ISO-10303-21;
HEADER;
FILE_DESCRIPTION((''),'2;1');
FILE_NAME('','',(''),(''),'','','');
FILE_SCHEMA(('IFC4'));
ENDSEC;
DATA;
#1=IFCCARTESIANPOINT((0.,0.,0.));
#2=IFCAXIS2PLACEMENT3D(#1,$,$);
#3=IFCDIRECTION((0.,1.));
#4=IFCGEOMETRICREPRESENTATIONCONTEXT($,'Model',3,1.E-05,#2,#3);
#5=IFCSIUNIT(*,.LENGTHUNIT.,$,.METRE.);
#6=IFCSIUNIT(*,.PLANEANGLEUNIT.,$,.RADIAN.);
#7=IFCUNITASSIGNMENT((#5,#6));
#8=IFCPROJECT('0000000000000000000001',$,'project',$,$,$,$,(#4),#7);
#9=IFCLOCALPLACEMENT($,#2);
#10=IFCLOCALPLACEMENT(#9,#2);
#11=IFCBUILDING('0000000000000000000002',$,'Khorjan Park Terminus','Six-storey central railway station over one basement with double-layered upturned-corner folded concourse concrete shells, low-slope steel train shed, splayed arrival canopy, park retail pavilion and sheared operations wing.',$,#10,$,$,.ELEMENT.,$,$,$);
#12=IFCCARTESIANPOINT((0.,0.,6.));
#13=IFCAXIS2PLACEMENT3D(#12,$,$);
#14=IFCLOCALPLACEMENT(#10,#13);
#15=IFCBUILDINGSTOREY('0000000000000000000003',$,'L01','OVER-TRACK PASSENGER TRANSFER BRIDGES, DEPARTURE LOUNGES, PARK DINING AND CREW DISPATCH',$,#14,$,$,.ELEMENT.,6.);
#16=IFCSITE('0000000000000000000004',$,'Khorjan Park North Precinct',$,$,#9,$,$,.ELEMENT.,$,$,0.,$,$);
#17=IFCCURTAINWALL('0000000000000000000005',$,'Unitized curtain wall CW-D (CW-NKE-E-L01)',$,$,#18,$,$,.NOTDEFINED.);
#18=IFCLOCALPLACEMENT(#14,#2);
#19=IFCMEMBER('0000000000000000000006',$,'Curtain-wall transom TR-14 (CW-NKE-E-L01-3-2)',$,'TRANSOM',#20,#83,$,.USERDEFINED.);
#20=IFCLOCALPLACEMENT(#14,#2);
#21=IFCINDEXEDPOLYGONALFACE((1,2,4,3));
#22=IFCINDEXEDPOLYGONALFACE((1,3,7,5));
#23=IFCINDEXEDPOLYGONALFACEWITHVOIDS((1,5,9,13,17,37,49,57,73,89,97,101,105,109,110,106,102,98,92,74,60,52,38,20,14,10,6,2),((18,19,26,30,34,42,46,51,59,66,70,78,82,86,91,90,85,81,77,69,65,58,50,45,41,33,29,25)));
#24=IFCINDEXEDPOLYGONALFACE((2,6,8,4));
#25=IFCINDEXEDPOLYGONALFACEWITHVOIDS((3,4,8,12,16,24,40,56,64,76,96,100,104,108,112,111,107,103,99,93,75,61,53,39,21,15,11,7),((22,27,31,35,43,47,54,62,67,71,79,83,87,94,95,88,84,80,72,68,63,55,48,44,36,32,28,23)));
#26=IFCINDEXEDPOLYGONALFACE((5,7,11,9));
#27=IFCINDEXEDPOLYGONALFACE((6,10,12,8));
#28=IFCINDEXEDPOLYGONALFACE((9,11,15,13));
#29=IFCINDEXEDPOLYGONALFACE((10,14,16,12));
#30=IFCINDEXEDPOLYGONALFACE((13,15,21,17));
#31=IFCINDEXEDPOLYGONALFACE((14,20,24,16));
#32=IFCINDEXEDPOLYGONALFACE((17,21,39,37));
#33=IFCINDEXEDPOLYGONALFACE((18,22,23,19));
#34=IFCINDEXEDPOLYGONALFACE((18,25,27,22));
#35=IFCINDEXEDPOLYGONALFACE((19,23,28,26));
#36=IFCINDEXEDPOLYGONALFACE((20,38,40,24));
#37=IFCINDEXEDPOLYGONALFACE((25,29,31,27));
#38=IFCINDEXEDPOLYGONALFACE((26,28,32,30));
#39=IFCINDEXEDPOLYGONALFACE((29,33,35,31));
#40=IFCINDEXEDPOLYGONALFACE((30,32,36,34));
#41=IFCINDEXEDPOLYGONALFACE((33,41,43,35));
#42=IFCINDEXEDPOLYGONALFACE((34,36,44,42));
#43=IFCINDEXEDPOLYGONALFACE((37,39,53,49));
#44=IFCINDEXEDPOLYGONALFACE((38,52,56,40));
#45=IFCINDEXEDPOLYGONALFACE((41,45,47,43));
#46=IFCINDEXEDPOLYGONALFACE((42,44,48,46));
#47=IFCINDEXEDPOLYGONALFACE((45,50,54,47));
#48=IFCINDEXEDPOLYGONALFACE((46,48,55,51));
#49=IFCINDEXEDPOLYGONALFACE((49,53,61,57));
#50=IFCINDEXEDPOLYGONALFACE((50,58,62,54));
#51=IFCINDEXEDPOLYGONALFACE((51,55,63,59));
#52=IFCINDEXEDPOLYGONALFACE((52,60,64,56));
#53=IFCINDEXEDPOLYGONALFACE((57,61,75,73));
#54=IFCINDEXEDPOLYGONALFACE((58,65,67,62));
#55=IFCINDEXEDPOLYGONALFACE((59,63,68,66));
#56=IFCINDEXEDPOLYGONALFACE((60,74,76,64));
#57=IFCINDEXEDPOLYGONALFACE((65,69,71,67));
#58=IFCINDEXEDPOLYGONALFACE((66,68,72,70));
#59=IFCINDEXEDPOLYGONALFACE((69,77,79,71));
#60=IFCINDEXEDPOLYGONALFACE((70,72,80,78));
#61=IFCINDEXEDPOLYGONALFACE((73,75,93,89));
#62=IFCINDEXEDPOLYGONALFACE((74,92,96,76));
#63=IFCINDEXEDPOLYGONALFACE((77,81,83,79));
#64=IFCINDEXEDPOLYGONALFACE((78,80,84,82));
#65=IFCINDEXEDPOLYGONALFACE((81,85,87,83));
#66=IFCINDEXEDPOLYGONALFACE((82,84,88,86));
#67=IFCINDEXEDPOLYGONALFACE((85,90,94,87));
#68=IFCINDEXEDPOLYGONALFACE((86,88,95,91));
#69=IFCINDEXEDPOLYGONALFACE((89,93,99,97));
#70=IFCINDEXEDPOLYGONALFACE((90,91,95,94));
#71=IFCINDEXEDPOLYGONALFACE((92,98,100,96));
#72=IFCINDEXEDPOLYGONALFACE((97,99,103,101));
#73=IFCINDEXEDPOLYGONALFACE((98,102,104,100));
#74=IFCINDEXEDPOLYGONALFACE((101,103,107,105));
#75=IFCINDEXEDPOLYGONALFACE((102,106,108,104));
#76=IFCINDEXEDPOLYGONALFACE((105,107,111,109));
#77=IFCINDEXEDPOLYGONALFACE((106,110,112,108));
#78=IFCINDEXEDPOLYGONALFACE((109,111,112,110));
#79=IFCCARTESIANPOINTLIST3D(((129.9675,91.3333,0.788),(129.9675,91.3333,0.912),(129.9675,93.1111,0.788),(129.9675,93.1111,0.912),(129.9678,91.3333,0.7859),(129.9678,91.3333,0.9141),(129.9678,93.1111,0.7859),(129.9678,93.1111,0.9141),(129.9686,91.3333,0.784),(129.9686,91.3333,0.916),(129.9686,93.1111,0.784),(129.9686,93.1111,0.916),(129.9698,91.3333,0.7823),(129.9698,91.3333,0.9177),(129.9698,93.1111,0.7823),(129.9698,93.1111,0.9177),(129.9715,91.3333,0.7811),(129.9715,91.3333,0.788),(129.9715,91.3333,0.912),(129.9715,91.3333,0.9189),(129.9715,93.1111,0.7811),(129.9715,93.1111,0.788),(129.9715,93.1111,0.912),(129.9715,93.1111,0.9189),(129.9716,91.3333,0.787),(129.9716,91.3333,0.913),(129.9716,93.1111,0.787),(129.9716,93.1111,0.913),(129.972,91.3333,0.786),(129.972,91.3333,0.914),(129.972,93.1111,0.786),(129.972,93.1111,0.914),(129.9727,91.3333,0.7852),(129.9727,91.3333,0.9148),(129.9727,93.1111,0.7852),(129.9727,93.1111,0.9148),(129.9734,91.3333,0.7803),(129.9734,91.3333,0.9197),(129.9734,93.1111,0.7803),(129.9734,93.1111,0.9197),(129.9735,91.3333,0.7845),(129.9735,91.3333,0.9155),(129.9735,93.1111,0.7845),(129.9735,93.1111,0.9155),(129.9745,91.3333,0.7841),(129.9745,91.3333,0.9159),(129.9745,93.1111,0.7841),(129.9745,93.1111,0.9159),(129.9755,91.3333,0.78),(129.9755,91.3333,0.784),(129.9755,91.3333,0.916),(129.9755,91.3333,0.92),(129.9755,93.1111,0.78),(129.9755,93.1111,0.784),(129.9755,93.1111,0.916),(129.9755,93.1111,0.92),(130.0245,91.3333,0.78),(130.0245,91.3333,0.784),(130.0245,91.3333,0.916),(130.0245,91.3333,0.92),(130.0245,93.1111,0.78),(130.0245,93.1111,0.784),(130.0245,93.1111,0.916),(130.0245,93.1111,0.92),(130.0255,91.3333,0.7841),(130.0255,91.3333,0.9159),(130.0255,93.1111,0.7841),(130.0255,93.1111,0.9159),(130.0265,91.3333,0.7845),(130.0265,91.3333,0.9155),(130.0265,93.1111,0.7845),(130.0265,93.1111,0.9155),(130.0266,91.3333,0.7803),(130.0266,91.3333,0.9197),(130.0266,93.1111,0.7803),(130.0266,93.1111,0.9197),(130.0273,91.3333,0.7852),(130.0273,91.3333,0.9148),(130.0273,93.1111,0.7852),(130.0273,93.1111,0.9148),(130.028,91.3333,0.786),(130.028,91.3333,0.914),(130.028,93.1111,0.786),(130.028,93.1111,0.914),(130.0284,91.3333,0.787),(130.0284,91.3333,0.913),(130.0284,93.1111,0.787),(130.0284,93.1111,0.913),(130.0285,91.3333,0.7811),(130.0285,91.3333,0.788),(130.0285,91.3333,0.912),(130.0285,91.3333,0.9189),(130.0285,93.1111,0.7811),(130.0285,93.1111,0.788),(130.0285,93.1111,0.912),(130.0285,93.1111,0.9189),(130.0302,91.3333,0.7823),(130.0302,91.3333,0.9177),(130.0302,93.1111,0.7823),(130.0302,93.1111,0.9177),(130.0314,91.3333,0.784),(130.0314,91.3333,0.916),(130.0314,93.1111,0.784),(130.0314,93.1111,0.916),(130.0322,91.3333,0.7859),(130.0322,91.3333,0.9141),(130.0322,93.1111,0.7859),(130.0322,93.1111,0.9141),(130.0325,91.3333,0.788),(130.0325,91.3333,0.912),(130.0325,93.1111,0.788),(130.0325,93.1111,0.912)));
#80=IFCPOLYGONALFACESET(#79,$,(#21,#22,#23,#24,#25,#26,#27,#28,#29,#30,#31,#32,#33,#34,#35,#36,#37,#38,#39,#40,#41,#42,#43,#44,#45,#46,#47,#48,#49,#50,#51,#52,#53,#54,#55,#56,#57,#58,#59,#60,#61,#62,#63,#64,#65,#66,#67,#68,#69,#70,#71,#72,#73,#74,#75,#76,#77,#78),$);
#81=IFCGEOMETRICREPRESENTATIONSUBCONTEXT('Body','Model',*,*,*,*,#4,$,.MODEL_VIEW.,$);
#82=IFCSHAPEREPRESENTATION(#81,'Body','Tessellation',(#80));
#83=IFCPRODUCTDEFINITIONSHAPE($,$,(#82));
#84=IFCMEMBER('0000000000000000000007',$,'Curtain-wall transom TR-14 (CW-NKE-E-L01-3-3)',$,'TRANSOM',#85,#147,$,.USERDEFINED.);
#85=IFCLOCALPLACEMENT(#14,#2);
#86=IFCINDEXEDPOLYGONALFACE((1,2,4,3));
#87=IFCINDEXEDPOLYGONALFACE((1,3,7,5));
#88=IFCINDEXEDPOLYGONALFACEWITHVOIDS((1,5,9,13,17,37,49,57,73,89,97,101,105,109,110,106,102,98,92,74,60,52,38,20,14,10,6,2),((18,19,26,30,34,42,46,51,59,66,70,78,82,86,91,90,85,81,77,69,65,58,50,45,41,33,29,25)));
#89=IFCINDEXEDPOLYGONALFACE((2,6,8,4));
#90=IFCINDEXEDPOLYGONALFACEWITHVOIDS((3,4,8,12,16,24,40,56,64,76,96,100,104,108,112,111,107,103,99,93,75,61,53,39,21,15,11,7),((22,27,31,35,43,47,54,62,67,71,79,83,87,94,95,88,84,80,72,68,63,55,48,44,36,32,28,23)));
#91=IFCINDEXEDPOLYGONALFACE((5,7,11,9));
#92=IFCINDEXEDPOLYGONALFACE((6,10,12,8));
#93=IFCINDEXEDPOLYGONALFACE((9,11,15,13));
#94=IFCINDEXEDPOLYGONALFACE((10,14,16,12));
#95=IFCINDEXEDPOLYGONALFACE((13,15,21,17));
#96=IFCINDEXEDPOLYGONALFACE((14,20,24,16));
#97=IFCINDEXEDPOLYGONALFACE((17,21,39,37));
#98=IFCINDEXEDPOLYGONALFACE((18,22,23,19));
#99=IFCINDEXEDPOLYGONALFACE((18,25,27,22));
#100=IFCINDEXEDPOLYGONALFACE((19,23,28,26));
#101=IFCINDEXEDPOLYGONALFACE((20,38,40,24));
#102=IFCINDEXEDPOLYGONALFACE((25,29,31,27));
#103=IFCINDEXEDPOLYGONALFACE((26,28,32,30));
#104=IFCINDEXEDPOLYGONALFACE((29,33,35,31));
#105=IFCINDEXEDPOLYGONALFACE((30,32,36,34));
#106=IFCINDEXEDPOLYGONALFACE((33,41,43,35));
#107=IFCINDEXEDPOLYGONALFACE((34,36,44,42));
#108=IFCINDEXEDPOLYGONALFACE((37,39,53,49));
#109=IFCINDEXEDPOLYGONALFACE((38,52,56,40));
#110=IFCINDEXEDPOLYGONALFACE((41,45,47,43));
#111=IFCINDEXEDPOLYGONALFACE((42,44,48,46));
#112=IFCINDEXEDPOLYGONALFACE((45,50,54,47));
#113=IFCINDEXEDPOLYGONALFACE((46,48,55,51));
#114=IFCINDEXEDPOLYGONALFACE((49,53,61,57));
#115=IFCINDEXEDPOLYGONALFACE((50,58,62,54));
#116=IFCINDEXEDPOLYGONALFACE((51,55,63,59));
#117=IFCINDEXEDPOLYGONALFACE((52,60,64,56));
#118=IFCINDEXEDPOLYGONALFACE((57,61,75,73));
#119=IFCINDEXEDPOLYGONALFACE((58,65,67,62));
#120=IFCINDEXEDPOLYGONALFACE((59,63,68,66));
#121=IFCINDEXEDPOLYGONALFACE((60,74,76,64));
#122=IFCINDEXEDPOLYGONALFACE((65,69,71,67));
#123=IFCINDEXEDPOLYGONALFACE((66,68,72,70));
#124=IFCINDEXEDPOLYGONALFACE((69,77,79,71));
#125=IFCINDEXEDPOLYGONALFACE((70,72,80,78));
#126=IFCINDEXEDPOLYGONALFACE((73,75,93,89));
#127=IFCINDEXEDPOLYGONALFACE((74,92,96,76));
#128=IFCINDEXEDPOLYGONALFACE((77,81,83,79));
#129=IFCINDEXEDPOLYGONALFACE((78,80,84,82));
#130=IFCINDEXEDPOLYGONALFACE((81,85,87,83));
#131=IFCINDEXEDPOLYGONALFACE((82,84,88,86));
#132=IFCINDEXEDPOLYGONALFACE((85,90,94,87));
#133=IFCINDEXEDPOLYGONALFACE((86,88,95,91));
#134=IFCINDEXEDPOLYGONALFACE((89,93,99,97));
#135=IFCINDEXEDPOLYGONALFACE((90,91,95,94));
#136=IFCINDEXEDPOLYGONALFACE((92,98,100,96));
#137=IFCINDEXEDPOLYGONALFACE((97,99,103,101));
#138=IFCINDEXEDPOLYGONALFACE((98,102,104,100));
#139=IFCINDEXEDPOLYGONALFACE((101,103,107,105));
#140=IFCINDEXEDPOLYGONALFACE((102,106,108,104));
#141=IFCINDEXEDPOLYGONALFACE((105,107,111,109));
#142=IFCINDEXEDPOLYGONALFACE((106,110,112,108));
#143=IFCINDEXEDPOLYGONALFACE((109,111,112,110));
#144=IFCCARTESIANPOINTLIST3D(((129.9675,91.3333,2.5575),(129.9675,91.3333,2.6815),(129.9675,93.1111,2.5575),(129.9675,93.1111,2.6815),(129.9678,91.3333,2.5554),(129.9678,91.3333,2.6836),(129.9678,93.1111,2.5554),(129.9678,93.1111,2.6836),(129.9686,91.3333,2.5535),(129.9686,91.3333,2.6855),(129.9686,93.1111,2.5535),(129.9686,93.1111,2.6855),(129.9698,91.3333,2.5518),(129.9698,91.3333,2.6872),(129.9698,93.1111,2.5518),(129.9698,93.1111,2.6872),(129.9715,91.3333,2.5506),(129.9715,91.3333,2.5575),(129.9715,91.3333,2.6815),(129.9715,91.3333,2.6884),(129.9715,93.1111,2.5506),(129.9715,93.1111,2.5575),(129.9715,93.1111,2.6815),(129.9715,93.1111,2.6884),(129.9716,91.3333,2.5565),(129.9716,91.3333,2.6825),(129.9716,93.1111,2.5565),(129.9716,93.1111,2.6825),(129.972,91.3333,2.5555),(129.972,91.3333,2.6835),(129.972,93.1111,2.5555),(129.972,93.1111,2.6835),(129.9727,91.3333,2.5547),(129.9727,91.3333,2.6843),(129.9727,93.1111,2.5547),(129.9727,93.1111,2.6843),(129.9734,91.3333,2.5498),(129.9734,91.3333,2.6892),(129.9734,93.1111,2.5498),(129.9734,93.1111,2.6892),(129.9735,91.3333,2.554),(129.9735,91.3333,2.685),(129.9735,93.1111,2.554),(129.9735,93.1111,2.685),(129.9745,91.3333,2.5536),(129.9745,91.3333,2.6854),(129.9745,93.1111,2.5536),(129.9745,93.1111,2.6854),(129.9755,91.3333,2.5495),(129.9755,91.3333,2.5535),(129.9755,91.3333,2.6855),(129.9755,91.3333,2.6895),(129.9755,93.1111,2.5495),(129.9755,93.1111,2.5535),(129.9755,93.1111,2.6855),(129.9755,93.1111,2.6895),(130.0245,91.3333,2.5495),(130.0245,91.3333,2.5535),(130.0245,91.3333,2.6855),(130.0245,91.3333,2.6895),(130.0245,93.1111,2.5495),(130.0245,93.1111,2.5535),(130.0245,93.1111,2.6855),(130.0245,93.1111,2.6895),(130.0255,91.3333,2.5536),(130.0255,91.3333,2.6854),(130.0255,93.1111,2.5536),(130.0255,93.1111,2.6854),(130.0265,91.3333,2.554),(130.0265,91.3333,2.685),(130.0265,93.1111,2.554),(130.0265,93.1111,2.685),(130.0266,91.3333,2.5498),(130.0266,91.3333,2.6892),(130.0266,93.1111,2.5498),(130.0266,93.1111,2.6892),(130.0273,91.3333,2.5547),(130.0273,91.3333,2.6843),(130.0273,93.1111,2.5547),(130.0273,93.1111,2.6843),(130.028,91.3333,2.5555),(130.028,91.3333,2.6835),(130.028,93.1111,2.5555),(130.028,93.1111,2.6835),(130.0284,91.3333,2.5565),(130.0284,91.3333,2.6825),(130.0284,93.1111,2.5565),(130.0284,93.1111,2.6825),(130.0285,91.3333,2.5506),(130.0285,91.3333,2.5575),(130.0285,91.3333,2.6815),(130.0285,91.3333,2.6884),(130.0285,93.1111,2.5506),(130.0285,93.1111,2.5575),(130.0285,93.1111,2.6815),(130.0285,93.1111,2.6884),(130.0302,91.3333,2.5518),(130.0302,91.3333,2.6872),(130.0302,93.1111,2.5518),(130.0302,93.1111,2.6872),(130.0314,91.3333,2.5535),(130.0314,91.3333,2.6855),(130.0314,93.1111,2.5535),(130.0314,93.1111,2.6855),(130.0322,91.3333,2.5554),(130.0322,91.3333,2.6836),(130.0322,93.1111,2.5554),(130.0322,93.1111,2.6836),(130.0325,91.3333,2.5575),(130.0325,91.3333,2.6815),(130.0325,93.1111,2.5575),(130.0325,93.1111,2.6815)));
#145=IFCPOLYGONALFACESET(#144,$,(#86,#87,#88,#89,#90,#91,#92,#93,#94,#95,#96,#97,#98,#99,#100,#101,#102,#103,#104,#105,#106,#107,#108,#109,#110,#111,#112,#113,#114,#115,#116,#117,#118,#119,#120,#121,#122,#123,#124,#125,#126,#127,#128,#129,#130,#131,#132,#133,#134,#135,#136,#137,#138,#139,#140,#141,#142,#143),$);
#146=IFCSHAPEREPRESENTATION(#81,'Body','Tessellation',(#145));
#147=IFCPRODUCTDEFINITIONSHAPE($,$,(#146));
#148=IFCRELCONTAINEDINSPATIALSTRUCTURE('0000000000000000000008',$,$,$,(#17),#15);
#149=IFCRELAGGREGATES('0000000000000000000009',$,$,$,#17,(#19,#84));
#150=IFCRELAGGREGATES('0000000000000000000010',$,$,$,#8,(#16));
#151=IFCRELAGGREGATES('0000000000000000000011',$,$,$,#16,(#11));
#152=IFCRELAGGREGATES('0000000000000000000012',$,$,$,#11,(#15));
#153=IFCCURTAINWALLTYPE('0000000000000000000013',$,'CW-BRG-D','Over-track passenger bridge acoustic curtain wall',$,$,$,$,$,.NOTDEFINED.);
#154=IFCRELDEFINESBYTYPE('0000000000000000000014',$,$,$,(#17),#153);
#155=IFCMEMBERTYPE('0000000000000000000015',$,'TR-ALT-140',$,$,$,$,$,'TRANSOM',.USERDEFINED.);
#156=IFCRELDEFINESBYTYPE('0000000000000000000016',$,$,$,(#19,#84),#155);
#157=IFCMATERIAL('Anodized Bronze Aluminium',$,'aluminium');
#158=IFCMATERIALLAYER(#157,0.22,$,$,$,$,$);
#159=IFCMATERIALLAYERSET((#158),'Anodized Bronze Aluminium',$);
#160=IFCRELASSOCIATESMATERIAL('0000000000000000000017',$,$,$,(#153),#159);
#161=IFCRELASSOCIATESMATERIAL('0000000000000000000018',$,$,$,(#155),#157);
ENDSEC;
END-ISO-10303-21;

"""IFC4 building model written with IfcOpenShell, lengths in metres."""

from ifc_helpers import new_model, si_unit, direction, frame, origin, origin_2d, place, context, subcontext, project, spatial, hollow_rectangle, extrude, material, layer, layer_set, material_profile, profile_set, type_object, element, aggregate, save


model = new_model("IFC4")

# Units and contexts
model_context = context("Model", 3, precision=1e-05, world=origin(), true_north=direction((0.0, 1.0)))
body_context = subcontext(model_context, "Body", "Model", "MODEL_VIEW")
ifc_project = project(units=[si_unit("LENGTHUNIT", "METRE"), si_unit("PLANEANGLEUNIT", "RADIAN")], contexts=[model_context])

# Site, building, storey
site_placement = place(None, origin())
site = spatial("IfcSite", under=ifc_project, at=site_placement, Name="Khorjan Park North Precinct", CompositionType="ELEMENT", RefElevation=0.0)
building_placement = place(site_placement, origin())
building = spatial("IfcBuilding", under=site, at=building_placement, Name="Khorjan Park Terminus", Description="Six-storey central railway station over one basement with double-layered upturned-corner folded concourse concrete shells, low-slope steel train shed, splayed arrival canopy, park retail pavilion and sheared operations wing.", CompositionType="ELEMENT")
storey_placement = place(building_placement, frame((0.0, 0.0, 6.0)))
storey = spatial("IfcBuildingStorey", under=building, at=storey_placement, Name="L01", Description="OVER-TRACK PASSENGER TRANSFER BRIDGES, DEPARTURE LOUNGES, PARK DINING AND CREW DISPATCH", CompositionType="ELEMENT", Elevation=6.0)

# Shared definitions
ifc_material_1 = material(Name="Anodized Bronze Aluminium", Category="aluminium")
ifc_layer_1 = layer(ifc_material_1, 0.22)
ifc_layer_set_1 = layer_set([ifc_layer_1], Name="Anodized Bronze Aluminium")
curtain_wall_type = type_object("IfcCurtainWallType", Name="CW-BRG-D", Description="Over-track passenger bridge acoustic curtain wall", PredefinedType="NOTDEFINED", material=ifc_layer_set_1)

# Curtain wall
curtain_wall_1_placement = place(storey_placement, origin())
curtain_wall_1 = element("IfcCurtainWall", 1, at=curtain_wall_1_placement, inside=storey, type_object=curtain_wall_type, Name="Unitized curtain wall CW-D (CW-NKE-E-L01)", PredefinedType="NOTDEFINED")

# Members
ifc_material_profile_1 = material_profile(ifc_material_1, hollow_rectangle(XDim=0.065, YDim=0.14, WallThickness=0.004, InnerFilletRadius=0.004, OuterFilletRadius=0.008, at=origin_2d()), Name="ALT 65x140x4")
ifc_profile_set_1 = profile_set([ifc_material_profile_1], Name="Anodized Bronze Aluminium")
member_type_1 = type_object("IfcMemberType", Name="TR-ALT-140", ElementType="TRANSOM", PredefinedType="USERDEFINED", material=ifc_profile_set_1)
member_1_placement = place(storey_placement, frame((130.0, 91.3333, 0.85), z_axis=(0.0, 1.0, 0.0), x_axis=(-1.0, 0.0, 0.0)))
member_1 = element("IfcMember", 2, at=member_1_placement, type_object=member_type_1, Name="Curtain-wall transom TR-14 (CW-NKE-E-L01-3-2)", ObjectType="TRANSOM", PredefinedType="USERDEFINED", context=body_context, shape_type="SweptSolid", body=[
    extrude(hollow_rectangle(XDim=0.065, YDim=0.14, WallThickness=0.004, InnerFilletRadius=0.004, OuterFilletRadius=0.008, at=origin_2d()), origin(), (0.0, 0.0, 1.0), 1.7778),
])
member_2_placement = place(storey_placement, frame((130.0, 91.3333, 2.6195), z_axis=(0.0, 1.0, 0.0), x_axis=(-1.0, 0.0, 0.0)))
member_2 = element("IfcMember", 3, at=member_2_placement, type_object=member_type_1, Name="Curtain-wall transom TR-14 (CW-NKE-E-L01-3-3)", ObjectType="TRANSOM", PredefinedType="USERDEFINED", context=body_context, shape_type="SweptSolid", body=[
    extrude(hollow_rectangle(XDim=0.065, YDim=0.14, WallThickness=0.004, InnerFilletRadius=0.004, OuterFilletRadius=0.008, at=origin_2d()), origin(), (0.0, 0.0, 1.0), 1.7778),
])

aggregate(curtain_wall_1, [member_1, member_2])

save(model, "model.ifc")
